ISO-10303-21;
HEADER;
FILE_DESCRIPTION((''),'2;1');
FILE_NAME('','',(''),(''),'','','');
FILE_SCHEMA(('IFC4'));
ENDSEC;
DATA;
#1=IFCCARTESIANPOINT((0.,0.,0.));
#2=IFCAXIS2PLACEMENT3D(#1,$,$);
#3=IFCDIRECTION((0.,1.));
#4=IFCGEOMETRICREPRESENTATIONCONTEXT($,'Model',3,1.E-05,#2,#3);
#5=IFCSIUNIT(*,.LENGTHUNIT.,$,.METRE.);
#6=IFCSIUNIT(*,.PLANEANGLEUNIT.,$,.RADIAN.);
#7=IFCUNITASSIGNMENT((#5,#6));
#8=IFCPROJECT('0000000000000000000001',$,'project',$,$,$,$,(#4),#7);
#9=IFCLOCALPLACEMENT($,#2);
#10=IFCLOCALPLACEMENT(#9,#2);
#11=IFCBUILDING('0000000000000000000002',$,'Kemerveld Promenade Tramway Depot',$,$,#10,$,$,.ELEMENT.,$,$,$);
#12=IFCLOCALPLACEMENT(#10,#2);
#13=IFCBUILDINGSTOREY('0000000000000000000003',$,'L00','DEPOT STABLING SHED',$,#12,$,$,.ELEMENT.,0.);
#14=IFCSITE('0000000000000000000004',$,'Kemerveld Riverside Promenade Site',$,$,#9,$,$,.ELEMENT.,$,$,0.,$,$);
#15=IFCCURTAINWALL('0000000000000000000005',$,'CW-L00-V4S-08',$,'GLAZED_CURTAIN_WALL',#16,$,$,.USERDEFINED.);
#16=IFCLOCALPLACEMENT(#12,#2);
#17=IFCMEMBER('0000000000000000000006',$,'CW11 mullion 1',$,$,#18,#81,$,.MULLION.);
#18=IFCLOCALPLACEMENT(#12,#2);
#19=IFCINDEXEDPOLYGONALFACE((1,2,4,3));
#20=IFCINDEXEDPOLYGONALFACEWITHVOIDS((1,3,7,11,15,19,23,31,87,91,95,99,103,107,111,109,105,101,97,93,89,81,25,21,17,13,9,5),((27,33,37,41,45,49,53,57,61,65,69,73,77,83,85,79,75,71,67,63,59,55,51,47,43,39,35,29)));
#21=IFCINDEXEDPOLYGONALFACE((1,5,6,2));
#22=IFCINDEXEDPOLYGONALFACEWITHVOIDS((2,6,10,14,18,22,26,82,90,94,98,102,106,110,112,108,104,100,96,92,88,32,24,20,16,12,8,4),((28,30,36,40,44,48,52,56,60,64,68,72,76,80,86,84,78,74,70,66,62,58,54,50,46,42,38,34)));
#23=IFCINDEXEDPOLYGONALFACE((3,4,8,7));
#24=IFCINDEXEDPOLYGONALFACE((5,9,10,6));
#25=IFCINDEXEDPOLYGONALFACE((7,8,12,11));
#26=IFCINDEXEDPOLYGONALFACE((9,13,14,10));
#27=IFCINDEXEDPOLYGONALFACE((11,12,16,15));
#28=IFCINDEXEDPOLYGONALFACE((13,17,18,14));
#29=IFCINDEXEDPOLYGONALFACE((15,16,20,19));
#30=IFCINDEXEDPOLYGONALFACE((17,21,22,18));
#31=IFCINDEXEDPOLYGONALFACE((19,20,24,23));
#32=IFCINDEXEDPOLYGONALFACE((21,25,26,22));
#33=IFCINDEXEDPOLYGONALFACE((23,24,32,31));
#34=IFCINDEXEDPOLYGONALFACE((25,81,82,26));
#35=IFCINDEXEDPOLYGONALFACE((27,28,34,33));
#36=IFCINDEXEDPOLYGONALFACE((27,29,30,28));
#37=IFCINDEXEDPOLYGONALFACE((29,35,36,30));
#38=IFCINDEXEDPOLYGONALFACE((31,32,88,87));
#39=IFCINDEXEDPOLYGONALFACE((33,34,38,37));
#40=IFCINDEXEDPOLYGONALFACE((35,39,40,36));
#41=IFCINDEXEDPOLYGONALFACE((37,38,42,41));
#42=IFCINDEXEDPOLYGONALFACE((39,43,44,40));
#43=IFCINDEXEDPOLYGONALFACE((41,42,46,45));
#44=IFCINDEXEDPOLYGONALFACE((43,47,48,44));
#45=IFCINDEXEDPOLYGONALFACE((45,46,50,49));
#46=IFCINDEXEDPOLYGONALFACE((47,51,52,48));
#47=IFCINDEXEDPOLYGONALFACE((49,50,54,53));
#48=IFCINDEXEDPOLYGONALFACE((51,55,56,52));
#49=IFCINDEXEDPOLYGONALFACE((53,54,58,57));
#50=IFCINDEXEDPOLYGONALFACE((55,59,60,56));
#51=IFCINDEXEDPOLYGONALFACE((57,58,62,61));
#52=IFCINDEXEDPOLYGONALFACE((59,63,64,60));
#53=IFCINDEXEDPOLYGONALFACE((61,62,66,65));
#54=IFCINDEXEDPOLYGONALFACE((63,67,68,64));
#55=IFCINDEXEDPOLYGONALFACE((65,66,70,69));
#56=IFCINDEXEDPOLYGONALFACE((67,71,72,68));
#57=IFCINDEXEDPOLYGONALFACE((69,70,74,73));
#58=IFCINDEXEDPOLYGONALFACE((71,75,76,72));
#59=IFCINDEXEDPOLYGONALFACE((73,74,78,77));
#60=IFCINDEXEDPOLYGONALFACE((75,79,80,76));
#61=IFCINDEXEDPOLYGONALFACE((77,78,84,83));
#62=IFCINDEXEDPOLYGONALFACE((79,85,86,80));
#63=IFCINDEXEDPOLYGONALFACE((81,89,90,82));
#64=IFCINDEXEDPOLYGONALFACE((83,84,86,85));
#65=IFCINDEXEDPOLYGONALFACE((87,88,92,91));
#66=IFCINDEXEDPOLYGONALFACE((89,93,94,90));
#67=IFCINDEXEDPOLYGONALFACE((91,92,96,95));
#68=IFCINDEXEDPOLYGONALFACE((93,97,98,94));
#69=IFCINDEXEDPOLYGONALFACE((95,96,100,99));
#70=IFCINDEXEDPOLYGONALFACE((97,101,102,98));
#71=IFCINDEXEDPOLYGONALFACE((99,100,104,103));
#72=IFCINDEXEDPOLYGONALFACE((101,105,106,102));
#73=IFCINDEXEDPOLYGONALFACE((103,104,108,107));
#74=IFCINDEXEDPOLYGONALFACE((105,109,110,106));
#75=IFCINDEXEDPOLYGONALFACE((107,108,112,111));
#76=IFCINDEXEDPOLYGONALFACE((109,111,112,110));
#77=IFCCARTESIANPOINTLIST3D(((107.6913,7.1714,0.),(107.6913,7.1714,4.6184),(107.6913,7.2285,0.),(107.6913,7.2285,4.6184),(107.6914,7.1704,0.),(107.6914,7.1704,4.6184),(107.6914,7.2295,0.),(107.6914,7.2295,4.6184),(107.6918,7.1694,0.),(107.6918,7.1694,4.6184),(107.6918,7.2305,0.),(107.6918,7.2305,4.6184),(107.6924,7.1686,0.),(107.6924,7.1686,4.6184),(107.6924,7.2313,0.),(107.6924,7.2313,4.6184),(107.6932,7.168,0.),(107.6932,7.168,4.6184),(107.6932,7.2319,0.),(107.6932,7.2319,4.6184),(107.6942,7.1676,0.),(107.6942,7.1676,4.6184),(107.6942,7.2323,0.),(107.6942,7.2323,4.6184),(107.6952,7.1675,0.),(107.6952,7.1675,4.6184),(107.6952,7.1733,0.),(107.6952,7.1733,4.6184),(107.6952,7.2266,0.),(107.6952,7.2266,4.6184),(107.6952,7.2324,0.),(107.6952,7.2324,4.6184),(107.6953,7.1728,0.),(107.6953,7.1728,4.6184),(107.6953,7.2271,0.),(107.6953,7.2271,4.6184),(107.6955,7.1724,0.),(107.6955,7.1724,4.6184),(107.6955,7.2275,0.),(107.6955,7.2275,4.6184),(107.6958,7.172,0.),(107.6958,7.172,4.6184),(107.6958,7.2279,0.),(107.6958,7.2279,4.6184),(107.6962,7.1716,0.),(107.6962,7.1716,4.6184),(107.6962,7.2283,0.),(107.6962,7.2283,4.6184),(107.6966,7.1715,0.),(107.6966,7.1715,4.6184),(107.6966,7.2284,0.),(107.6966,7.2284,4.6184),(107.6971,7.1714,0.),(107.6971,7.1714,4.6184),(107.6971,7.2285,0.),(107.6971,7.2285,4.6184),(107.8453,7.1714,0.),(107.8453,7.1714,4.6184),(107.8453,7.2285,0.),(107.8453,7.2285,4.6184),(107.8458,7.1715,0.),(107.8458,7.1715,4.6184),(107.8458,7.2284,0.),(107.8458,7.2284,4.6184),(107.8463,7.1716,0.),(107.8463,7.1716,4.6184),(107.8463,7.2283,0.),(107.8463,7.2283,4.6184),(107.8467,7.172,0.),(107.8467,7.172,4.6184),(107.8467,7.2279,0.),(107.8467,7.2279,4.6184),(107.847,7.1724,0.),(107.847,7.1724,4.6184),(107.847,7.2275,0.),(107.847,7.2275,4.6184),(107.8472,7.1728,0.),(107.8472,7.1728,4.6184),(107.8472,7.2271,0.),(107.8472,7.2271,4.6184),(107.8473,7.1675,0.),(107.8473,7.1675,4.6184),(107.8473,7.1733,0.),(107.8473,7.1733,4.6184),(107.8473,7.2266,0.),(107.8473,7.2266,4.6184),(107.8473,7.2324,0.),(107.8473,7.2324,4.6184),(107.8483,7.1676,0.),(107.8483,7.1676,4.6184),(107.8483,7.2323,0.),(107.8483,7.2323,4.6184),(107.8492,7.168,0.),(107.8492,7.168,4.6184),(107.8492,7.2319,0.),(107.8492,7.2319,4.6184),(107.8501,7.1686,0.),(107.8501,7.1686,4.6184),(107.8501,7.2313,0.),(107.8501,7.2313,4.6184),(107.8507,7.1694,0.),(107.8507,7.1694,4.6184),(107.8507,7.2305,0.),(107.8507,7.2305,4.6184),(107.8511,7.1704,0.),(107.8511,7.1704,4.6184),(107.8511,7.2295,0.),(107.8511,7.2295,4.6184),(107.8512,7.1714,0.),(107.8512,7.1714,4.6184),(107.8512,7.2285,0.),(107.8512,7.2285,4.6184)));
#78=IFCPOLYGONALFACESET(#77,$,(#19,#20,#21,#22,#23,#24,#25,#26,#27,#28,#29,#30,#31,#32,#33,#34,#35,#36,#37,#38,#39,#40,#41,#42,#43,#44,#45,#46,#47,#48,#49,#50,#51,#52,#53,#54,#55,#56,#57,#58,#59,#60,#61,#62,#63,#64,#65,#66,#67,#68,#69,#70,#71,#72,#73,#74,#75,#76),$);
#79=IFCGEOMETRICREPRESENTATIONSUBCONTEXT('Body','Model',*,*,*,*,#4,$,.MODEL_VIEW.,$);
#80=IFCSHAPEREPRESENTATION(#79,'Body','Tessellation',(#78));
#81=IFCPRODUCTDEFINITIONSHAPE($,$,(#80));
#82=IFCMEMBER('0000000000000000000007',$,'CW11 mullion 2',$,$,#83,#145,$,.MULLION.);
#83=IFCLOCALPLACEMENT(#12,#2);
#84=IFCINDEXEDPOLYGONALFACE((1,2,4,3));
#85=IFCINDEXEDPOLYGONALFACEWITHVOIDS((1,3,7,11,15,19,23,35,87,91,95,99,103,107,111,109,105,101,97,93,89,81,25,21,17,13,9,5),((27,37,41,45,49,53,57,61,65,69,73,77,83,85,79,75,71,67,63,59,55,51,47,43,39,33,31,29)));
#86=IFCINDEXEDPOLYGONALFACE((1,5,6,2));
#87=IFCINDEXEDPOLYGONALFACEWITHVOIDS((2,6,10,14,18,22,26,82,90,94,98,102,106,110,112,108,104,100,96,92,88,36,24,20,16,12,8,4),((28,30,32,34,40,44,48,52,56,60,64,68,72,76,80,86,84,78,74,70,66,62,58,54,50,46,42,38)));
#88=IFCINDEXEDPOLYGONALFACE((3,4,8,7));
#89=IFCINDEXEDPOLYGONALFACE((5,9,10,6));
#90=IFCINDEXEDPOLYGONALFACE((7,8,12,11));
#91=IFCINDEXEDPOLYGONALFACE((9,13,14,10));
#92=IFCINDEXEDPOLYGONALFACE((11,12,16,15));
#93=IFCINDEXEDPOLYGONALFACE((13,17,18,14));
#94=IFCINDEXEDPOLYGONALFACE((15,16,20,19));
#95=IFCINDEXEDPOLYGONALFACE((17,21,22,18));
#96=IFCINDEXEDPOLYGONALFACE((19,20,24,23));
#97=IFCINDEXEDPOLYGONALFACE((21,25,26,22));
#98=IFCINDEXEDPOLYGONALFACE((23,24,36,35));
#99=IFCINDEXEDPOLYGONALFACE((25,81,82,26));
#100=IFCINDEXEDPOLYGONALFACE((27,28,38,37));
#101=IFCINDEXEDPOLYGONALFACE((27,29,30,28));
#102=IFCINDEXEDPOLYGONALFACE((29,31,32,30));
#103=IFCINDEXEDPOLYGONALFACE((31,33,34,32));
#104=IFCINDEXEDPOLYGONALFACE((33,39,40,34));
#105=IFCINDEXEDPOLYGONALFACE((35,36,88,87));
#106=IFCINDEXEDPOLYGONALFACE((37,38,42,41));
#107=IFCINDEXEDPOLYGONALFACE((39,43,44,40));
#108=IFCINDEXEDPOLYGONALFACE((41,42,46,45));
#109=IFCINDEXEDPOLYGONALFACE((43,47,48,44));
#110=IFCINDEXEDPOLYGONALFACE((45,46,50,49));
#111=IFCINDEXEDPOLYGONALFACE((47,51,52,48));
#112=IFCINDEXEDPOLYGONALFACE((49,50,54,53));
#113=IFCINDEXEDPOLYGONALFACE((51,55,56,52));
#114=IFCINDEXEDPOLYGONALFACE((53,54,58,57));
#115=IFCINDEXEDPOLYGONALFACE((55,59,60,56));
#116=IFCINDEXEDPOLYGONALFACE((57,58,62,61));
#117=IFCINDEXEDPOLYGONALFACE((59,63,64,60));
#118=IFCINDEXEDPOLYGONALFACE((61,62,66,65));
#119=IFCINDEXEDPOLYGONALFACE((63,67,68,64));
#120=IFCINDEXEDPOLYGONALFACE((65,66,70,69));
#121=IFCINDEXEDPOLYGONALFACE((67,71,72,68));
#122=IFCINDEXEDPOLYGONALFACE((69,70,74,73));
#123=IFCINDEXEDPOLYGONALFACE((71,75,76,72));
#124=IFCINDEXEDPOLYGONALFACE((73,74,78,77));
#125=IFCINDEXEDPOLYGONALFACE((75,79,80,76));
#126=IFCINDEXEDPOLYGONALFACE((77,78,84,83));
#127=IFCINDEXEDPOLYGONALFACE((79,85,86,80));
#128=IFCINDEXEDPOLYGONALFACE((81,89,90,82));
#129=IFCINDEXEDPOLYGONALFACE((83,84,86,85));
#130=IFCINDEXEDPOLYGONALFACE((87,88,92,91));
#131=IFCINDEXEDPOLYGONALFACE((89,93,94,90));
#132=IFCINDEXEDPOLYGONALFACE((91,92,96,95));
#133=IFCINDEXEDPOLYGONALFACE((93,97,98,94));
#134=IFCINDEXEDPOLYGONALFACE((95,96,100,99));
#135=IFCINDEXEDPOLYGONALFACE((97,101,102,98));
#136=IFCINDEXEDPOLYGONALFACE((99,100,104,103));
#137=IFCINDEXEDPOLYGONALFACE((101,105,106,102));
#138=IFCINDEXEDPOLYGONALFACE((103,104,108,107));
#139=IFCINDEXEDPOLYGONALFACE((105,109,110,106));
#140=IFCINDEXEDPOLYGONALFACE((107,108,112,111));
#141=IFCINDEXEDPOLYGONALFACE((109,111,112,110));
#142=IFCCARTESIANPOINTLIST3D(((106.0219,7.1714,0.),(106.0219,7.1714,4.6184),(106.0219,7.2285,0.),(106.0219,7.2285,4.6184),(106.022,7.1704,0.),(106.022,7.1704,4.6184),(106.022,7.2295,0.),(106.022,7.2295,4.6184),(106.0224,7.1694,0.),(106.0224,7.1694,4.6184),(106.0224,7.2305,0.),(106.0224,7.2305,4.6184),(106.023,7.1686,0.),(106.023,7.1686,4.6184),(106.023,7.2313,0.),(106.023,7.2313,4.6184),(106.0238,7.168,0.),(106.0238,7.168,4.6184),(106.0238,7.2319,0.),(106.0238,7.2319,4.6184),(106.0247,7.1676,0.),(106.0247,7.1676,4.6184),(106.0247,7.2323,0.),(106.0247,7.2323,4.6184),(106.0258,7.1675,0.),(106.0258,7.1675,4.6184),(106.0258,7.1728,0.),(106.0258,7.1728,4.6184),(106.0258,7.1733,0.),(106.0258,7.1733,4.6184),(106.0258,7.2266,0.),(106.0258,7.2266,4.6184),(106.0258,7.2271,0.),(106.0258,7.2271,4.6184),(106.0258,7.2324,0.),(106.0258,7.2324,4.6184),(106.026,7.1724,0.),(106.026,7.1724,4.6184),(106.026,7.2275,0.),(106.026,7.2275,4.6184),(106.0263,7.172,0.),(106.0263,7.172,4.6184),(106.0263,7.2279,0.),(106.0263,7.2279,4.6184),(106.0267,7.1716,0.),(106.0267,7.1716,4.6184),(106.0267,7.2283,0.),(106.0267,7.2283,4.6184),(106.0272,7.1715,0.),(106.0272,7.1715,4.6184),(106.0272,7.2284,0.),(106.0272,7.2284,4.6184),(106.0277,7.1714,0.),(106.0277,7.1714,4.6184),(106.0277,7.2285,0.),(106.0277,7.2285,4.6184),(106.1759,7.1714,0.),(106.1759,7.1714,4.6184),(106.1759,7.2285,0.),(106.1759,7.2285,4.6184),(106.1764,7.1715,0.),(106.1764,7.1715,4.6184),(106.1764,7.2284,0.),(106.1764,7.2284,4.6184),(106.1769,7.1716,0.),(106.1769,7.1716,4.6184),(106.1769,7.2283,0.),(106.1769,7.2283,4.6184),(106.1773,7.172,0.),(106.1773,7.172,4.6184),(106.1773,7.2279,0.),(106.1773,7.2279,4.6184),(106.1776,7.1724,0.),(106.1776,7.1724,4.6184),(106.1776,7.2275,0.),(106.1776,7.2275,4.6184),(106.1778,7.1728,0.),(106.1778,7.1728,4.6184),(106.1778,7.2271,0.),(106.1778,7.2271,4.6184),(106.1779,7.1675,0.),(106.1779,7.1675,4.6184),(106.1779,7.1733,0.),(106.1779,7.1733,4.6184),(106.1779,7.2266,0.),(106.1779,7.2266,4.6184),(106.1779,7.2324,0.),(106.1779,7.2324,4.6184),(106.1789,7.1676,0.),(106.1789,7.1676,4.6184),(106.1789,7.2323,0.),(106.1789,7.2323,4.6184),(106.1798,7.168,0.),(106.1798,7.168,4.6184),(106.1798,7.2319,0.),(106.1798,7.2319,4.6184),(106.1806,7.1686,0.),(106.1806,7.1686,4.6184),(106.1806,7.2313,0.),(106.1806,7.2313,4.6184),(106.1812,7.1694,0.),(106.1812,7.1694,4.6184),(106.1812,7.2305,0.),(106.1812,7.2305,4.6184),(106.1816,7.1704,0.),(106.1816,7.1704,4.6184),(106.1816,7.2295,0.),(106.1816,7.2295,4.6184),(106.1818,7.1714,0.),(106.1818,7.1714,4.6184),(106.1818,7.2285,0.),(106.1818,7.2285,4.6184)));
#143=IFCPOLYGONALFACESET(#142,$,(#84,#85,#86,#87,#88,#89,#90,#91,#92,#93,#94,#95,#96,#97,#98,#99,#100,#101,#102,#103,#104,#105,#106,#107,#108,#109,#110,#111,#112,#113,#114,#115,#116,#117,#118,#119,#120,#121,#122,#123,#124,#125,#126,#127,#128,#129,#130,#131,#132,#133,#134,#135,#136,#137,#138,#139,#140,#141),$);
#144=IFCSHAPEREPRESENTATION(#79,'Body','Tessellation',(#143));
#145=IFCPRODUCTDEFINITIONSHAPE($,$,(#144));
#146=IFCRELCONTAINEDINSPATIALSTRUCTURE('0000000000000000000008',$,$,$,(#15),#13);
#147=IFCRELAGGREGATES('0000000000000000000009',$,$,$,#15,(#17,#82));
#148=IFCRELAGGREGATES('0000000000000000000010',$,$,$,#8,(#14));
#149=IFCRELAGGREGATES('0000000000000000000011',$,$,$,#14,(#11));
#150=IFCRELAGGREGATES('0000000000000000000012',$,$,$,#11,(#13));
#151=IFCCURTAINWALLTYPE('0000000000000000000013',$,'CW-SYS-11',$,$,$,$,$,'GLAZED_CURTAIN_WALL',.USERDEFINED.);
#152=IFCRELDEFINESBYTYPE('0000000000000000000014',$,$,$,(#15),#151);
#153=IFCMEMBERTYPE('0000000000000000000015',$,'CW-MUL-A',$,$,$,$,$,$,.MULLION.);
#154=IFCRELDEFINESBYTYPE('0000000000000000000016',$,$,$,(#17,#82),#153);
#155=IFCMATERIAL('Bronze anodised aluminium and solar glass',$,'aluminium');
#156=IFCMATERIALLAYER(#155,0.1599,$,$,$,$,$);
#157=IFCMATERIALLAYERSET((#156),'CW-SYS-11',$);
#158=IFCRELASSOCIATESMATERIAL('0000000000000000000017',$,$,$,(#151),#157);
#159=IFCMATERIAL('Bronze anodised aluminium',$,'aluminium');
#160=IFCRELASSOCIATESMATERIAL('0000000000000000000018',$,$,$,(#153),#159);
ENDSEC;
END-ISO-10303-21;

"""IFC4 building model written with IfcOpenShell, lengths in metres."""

from ifc_helpers import new_model, si_unit, direction, frame, origin, origin_2d, place, context, subcontext, project, spatial, hollow_rectangle, extrude, material, layer, layer_set, material_profile, profile_set, type_object, element, aggregate, save


model = new_model("IFC4")

# Units and contexts
model_context = context("Model", 3, precision=1e-05, world=origin(), true_north=direction((0.0, 1.0)))
body_context = subcontext(model_context, "Body", "Model", "MODEL_VIEW")
ifc_project = project(units=[si_unit("LENGTHUNIT", "METRE"), si_unit("PLANEANGLEUNIT", "RADIAN")], contexts=[model_context])

# Site, building, storey
site_placement = place(None, origin())
site = spatial("IfcSite", under=ifc_project, at=site_placement, Name="Kemerveld Riverside Promenade Site", CompositionType="ELEMENT", RefElevation=0.0)
building_placement = place(site_placement, origin())
building = spatial("IfcBuilding", under=site, at=building_placement, Name="Kemerveld Promenade Tramway Depot", CompositionType="ELEMENT")
storey_placement = place(building_placement, origin())
storey = spatial("IfcBuildingStorey", under=building, at=storey_placement, Name="L00", Description="DEPOT STABLING SHED", CompositionType="ELEMENT", Elevation=0.0)

# Curtain wall, members
ifc_material_1 = material(Name="Bronze anodised aluminium and solar glass", Category="aluminium")
ifc_layer_1 = layer(ifc_material_1, 0.1599)
ifc_layer_set_1 = layer_set([ifc_layer_1], Name="CW-SYS-11")
curtain_wall_type = type_object("IfcCurtainWallType", Name="CW-SYS-11", ElementType="GLAZED_CURTAIN_WALL", PredefinedType="USERDEFINED", material=ifc_layer_set_1)
curtain_wall_placement = place(storey_placement, origin())
curtain_wall = element("IfcCurtainWall", 1, at=curtain_wall_placement, inside=storey, type_object=curtain_wall_type, Name="CW-L00-V4S-08", ObjectType="GLAZED_CURTAIN_WALL", PredefinedType="USERDEFINED")
ifc_material_2 = material(Name="Bronze anodised aluminium", Category="aluminium")
ifc_material_profile_1 = material_profile(ifc_material_2, hollow_rectangle(XDim=0.0649, YDim=0.1599, WallThickness=0.0039, InnerFilletRadius=0.002, OuterFilletRadius=0.0039, at=origin_2d()), Name="CW-MUL-160x65")
ifc_profile_set_1 = profile_set([ifc_material_profile_1], Name="Bronze anodised aluminium")
member_type_1 = type_object("IfcMemberType", Name="CW-MUL-A", PredefinedType="MULLION", material=ifc_profile_set_1)
member_1_placement = place(storey_placement, frame((107.7712, 7.2, 0.0), z_axis=(0.0, 0.0, 1.0), x_axis=(0.0, -1.0, 0.0)))
member_1 = element("IfcMember", 2, at=member_1_placement, type_object=member_type_1, Name="CW11 mullion 1", PredefinedType="MULLION", context=body_context, shape_type="SweptSolid", body=[
    extrude(hollow_rectangle(XDim=0.0649, YDim=0.1599, WallThickness=0.0039, InnerFilletRadius=0.002, OuterFilletRadius=0.0039, at=origin_2d()), origin(), (0.0, 0.0, 1.0), 4.6184),
])
member_2_placement = place(storey_placement, frame((106.1018, 7.2, 0.0), z_axis=(0.0, 0.0, 1.0), x_axis=(0.0, -1.0, 0.0)))
member_2 = element("IfcMember", 3, at=member_2_placement, type_object=member_type_1, Name="CW11 mullion 2", PredefinedType="MULLION", context=body_context, shape_type="SweptSolid", body=[
    extrude(hollow_rectangle(XDim=0.0649, YDim=0.1599, WallThickness=0.0039, InnerFilletRadius=0.002, OuterFilletRadius=0.0039, at=origin_2d()), origin(), (0.0, 0.0, 1.0), 4.6184),
])
aggregate(curtain_wall, [member_1, member_2])

save(model, "model.ifc")
